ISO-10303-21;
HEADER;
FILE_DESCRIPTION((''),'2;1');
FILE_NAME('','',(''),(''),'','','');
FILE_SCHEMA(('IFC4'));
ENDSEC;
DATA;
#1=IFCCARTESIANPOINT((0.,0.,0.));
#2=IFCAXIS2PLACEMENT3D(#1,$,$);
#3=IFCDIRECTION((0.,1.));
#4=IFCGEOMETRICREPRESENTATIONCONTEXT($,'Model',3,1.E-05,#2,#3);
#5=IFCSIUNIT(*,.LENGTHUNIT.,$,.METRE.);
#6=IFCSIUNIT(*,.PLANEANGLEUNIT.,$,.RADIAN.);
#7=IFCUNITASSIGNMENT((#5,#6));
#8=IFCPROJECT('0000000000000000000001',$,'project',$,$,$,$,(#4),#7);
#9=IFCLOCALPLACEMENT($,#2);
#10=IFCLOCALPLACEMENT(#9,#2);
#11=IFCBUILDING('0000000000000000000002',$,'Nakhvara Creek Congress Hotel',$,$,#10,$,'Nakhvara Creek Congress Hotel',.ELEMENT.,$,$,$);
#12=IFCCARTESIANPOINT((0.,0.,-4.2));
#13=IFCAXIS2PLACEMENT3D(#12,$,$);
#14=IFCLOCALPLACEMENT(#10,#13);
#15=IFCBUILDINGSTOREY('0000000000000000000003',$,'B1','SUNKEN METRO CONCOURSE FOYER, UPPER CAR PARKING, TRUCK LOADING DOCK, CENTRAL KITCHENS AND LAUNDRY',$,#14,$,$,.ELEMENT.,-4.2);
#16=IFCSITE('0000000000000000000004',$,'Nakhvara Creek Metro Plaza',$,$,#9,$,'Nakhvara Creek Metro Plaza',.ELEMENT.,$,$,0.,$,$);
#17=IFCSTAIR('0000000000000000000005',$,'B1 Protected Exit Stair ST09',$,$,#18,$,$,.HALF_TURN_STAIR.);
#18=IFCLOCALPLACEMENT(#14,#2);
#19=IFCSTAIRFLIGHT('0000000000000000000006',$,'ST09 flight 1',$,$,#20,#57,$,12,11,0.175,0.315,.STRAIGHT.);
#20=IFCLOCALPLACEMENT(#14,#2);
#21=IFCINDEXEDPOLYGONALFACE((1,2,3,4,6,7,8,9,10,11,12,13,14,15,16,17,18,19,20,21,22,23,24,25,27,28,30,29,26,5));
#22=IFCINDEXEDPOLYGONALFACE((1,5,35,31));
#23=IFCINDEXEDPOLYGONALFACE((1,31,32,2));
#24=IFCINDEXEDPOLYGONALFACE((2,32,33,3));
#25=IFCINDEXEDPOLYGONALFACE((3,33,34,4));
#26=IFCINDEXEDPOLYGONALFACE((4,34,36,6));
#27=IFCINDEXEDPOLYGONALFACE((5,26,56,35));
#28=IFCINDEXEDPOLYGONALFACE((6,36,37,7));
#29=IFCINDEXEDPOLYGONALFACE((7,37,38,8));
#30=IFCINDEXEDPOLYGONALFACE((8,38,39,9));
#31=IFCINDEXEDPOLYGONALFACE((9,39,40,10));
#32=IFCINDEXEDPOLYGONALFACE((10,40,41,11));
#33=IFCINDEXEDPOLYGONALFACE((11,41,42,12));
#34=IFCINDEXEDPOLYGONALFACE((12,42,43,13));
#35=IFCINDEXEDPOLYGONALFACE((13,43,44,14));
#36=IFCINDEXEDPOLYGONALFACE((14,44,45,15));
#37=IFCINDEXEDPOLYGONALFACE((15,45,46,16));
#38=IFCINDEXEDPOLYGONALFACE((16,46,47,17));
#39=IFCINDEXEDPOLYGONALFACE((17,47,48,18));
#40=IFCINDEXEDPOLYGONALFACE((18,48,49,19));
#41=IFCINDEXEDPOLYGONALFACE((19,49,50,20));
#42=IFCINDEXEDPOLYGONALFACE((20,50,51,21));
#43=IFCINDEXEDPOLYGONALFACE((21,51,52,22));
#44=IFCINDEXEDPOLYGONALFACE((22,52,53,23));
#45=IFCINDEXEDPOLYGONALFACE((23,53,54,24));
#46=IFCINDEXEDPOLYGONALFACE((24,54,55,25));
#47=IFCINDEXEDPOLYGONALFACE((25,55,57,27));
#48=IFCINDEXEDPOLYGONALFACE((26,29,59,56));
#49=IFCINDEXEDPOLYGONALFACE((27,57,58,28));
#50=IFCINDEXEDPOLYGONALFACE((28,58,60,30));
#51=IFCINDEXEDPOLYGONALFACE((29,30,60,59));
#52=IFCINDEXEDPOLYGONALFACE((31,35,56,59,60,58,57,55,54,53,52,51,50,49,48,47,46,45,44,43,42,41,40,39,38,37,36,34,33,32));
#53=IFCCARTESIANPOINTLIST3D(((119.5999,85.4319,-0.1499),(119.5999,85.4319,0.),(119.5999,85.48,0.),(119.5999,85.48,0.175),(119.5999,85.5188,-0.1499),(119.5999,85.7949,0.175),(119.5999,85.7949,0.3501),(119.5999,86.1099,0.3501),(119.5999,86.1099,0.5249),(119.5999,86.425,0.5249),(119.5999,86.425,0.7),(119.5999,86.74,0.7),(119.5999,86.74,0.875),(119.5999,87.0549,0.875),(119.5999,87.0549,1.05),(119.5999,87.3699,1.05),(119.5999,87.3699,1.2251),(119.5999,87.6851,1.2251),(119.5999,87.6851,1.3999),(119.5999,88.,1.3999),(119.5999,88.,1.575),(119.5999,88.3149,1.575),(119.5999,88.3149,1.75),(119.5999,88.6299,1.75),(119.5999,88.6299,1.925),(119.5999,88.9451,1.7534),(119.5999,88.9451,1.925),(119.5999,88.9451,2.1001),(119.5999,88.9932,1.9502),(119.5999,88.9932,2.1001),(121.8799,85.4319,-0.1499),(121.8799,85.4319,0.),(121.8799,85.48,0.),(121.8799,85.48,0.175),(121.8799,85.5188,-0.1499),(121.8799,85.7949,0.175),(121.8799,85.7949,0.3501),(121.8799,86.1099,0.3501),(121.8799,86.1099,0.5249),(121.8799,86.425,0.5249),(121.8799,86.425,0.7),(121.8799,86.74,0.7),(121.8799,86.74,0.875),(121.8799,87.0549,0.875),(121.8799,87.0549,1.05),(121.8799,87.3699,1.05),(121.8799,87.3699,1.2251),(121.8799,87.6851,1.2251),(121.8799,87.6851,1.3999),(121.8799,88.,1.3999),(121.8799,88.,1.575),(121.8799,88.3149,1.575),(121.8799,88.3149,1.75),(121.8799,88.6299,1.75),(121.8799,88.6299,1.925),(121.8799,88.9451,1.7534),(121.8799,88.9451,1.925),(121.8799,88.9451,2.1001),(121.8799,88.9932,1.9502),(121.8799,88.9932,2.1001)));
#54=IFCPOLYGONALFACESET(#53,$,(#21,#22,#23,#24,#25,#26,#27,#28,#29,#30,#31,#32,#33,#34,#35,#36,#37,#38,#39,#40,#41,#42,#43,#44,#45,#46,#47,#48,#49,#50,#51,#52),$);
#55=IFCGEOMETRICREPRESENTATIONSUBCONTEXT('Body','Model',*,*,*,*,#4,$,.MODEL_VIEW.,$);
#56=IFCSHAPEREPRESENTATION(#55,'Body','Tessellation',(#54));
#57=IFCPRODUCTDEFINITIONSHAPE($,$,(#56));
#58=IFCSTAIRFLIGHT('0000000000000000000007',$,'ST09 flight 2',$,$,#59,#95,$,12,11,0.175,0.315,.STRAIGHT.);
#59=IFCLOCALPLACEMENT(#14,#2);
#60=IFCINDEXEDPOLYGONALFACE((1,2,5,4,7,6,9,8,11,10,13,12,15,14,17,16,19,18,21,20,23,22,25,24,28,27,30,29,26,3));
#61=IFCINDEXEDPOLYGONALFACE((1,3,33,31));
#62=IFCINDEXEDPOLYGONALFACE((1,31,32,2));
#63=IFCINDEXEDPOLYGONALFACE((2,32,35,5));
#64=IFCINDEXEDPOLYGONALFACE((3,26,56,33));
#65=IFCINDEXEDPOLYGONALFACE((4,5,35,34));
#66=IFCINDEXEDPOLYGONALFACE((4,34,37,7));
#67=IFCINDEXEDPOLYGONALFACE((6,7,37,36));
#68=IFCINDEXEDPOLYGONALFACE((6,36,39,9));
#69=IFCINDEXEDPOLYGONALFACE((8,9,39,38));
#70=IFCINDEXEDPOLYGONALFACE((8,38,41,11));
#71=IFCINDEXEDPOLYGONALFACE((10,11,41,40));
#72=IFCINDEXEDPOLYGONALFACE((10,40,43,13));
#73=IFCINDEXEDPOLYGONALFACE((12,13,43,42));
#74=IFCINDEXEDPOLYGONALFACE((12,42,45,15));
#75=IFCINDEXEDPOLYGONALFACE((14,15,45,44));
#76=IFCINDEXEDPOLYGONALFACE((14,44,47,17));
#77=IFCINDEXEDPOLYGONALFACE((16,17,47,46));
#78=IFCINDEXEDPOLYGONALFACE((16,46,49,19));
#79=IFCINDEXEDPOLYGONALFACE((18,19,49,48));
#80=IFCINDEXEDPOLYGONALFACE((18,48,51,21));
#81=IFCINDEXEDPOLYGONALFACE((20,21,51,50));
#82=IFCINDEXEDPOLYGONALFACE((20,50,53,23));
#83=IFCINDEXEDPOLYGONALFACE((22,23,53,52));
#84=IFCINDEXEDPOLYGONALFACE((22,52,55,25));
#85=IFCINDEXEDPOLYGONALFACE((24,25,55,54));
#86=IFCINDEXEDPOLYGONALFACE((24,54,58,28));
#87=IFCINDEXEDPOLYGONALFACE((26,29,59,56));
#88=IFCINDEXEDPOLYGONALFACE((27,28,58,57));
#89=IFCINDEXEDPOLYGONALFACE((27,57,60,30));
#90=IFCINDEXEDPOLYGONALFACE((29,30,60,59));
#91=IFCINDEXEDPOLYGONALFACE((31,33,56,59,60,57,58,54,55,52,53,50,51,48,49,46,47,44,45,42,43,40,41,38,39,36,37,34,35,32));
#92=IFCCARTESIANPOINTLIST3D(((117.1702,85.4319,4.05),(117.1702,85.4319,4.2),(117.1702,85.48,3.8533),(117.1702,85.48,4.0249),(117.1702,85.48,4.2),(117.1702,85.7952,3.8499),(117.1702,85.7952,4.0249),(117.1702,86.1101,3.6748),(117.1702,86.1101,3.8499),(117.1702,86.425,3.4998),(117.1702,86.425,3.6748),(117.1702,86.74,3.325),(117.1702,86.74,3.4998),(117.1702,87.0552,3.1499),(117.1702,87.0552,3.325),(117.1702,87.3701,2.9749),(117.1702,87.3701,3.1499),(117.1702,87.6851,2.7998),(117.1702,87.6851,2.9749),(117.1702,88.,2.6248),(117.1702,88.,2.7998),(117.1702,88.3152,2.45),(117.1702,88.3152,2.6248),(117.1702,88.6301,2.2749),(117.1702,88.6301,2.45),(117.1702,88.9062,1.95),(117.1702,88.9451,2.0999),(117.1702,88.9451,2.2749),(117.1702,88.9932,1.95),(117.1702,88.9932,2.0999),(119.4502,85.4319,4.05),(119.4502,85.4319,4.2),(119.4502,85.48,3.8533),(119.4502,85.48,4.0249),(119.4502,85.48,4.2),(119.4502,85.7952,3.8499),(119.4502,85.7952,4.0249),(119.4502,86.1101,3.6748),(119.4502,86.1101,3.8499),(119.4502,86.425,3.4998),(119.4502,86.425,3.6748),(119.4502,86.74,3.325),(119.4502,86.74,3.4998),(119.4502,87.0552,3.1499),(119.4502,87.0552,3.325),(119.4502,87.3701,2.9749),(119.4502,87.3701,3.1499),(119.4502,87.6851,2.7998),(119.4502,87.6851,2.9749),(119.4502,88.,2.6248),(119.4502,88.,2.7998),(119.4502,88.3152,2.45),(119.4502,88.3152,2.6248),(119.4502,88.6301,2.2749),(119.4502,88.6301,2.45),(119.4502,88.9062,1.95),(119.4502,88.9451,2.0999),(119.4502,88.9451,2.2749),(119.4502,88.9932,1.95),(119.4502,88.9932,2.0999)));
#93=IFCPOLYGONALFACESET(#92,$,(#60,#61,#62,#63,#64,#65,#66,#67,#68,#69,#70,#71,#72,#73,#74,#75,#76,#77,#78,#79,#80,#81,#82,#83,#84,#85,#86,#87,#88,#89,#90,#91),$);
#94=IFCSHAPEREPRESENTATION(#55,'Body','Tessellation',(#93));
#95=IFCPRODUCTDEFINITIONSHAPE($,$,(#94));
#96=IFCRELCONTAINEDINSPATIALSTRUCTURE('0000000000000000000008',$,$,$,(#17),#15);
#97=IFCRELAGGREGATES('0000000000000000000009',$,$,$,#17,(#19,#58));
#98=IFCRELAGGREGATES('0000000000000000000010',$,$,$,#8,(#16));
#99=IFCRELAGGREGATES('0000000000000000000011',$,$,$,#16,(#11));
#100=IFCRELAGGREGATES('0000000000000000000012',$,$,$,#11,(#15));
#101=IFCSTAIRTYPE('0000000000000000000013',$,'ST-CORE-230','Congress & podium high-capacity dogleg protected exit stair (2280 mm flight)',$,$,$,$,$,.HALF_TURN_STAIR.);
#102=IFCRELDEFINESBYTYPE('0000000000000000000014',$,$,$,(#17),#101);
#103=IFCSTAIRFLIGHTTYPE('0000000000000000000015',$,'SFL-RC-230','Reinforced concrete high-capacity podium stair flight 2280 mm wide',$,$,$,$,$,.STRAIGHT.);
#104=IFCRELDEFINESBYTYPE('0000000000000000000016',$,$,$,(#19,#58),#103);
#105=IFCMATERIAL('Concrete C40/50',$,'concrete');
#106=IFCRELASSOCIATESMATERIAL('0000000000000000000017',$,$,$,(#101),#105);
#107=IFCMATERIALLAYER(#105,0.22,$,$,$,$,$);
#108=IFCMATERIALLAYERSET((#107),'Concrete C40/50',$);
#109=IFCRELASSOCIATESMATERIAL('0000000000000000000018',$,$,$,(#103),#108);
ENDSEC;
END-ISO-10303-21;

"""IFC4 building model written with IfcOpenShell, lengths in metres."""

from ifc_helpers import new_model, si_unit, direction, frame, origin, place, context, subcontext, project, spatial, polyline, outline, extrude, material, layer, layer_set, type_object, element, aggregate, save


model = new_model("IFC4")

# Units and contexts
model_context = context("Model", 3, precision=1e-05, world=origin(), true_north=direction((0.0, 1.0)))
body_context = subcontext(model_context, "Body", "Model", "MODEL_VIEW")
ifc_project = project(units=[si_unit("LENGTHUNIT", "METRE"), si_unit("PLANEANGLEUNIT", "RADIAN")], contexts=[model_context])

# Site, building, storey
site_placement = place(None, origin())
site = spatial("IfcSite", under=ifc_project, at=site_placement, Name="Nakhvara Creek Metro Plaza", LongName="Nakhvara Creek Metro Plaza", CompositionType="ELEMENT", RefElevation=0.0)
building_placement = place(site_placement, origin())
building = spatial("IfcBuilding", under=site, at=building_placement, Name="Nakhvara Creek Congress Hotel", LongName="Nakhvara Creek Congress Hotel", CompositionType="ELEMENT")
storey_placement = place(building_placement, frame((0.0, 0.0, -4.2)))
storey = spatial("IfcBuildingStorey", under=building, at=storey_placement, Name="B1", Description="SUNKEN METRO CONCOURSE FOYER, UPPER CAR PARKING, TRUCK LOADING DOCK, CENTRAL KITCHENS AND LAUNDRY", CompositionType="ELEMENT", Elevation=-4.2)

# Shared definitions
ifc_material_1 = material(Name="Concrete C40/50", Category="concrete")

# Stair, stair flights
stair_type = type_object("IfcStairType", Name="ST-CORE-230", Description="Congress & podium high-capacity dogleg protected exit stair (2280 mm flight)", PredefinedType="HALF_TURN_STAIR", material=ifc_material_1)
stair_placement = place(storey_placement, origin())
stair = element("IfcStair", 1, at=stair_placement, inside=storey, type_object=stair_type, Name="B1 Protected Exit Stair ST09", PredefinedType="HALF_TURN_STAIR")
ifc_layer_1 = layer(ifc_material_1, 0.22)
ifc_layer_set_1 = layer_set([ifc_layer_1], Name="Concrete C40/50")
stair_flight_type = type_object("IfcStairFlightType", Name="SFL-RC-230", Description="Reinforced concrete high-capacity podium stair flight 2280 mm wide", PredefinedType="STRAIGHT", material=ifc_layer_set_1)
stair_flight_1_placement = place(storey_placement, frame((120.74, 85.48, 0.0), z_axis=(0.0, 0.0, 1.0), x_axis=(0.0, 1.0, 0.0)))
stair_flight_1 = element("IfcStairFlight", 2, at=stair_flight_1_placement, type_object=stair_flight_type, Name="ST09 flight 1", NumberOfRisers=12, NumberOfTreads=11, PredefinedType="STRAIGHT", RiserHeight=0.175, TreadLength=0.315, context=body_context, shape_type="SweptSolid", body=[
    extrude(outline(polyline([(-0.0481, 0.0), (0.0, 0.0), (0.0, 0.175), (0.3149, 0.175), (0.3149, 0.3501), (0.6299, 0.3501), (0.6299, 0.5249), (0.9451, 0.5249), (0.9451, 0.7), (1.26, 0.7), (1.26, 0.875), (1.575, 0.875), (1.575, 1.05), (1.8899, 1.05), (1.8899, 1.2251), (2.2051, 1.2251), (2.2051, 1.3999), (2.52, 1.3999), (2.52, 1.575), (2.835, 1.575), (2.835, 1.75), (3.1499, 1.75), (3.1499, 1.925), (3.4651, 1.925), (3.4651, 2.1001), (3.5132, 2.1001), (3.5132, 1.9502), (3.4651, 1.7534), (0.0388, -0.1499), (-0.0481, -0.1499), (-0.0481, 0.0)])), frame((0.0, 1.1401, 0.0), z_axis=(0.0, -1.0, 0.0), x_axis=(1.0, 0.0, 0.0)), (0.0, 0.0, 1.0), 2.28),
])
stair_flight_2_placement = place(storey_placement, frame((118.3101, 88.9451, 2.0999), z_axis=(0.0, 0.0, 1.0), x_axis=(0.0, -1.0, 0.0)))
stair_flight_2 = element("IfcStairFlight", 3, at=stair_flight_2_placement, type_object=stair_flight_type, Name="ST09 flight 2", NumberOfRisers=12, NumberOfTreads=11, PredefinedType="STRAIGHT", RiserHeight=0.175, TreadLength=0.315, context=body_context, shape_type="SweptSolid", body=[
    extrude(outline(polyline([(-0.0481, 0.0), (0.0, 0.0), (0.0, 0.175), (0.3149, 0.175), (0.3149, 0.3501), (0.6299, 0.3501), (0.6299, 0.5249), (0.9451, 0.5249), (0.9451, 0.7), (1.26, 0.7), (1.26, 0.875), (1.575, 0.875), (1.575, 1.05), (1.8899, 1.05), (1.8899, 1.2251), (2.2051, 1.2251), (2.2051, 1.3999), (2.52, 1.3999), (2.52, 1.575), (2.835, 1.575), (2.835, 1.75), (3.1499, 1.75), (3.1499, 1.925), (3.4651, 1.925), (3.4651, 2.1001), (3.5132, 2.1001), (3.5132, 1.9502), (3.4651, 1.7534), (0.0388, -0.1499), (-0.0481, -0.1499), (-0.0481, 0.0)])), frame((0.0, 1.1401, 0.0), z_axis=(0.0, -1.0, 0.0), x_axis=(1.0, 0.0, 0.0)), (0.0, 0.0, 1.0), 2.28),
])
aggregate(stair, [stair_flight_1, stair_flight_2])

save(model, "model.ifc")
